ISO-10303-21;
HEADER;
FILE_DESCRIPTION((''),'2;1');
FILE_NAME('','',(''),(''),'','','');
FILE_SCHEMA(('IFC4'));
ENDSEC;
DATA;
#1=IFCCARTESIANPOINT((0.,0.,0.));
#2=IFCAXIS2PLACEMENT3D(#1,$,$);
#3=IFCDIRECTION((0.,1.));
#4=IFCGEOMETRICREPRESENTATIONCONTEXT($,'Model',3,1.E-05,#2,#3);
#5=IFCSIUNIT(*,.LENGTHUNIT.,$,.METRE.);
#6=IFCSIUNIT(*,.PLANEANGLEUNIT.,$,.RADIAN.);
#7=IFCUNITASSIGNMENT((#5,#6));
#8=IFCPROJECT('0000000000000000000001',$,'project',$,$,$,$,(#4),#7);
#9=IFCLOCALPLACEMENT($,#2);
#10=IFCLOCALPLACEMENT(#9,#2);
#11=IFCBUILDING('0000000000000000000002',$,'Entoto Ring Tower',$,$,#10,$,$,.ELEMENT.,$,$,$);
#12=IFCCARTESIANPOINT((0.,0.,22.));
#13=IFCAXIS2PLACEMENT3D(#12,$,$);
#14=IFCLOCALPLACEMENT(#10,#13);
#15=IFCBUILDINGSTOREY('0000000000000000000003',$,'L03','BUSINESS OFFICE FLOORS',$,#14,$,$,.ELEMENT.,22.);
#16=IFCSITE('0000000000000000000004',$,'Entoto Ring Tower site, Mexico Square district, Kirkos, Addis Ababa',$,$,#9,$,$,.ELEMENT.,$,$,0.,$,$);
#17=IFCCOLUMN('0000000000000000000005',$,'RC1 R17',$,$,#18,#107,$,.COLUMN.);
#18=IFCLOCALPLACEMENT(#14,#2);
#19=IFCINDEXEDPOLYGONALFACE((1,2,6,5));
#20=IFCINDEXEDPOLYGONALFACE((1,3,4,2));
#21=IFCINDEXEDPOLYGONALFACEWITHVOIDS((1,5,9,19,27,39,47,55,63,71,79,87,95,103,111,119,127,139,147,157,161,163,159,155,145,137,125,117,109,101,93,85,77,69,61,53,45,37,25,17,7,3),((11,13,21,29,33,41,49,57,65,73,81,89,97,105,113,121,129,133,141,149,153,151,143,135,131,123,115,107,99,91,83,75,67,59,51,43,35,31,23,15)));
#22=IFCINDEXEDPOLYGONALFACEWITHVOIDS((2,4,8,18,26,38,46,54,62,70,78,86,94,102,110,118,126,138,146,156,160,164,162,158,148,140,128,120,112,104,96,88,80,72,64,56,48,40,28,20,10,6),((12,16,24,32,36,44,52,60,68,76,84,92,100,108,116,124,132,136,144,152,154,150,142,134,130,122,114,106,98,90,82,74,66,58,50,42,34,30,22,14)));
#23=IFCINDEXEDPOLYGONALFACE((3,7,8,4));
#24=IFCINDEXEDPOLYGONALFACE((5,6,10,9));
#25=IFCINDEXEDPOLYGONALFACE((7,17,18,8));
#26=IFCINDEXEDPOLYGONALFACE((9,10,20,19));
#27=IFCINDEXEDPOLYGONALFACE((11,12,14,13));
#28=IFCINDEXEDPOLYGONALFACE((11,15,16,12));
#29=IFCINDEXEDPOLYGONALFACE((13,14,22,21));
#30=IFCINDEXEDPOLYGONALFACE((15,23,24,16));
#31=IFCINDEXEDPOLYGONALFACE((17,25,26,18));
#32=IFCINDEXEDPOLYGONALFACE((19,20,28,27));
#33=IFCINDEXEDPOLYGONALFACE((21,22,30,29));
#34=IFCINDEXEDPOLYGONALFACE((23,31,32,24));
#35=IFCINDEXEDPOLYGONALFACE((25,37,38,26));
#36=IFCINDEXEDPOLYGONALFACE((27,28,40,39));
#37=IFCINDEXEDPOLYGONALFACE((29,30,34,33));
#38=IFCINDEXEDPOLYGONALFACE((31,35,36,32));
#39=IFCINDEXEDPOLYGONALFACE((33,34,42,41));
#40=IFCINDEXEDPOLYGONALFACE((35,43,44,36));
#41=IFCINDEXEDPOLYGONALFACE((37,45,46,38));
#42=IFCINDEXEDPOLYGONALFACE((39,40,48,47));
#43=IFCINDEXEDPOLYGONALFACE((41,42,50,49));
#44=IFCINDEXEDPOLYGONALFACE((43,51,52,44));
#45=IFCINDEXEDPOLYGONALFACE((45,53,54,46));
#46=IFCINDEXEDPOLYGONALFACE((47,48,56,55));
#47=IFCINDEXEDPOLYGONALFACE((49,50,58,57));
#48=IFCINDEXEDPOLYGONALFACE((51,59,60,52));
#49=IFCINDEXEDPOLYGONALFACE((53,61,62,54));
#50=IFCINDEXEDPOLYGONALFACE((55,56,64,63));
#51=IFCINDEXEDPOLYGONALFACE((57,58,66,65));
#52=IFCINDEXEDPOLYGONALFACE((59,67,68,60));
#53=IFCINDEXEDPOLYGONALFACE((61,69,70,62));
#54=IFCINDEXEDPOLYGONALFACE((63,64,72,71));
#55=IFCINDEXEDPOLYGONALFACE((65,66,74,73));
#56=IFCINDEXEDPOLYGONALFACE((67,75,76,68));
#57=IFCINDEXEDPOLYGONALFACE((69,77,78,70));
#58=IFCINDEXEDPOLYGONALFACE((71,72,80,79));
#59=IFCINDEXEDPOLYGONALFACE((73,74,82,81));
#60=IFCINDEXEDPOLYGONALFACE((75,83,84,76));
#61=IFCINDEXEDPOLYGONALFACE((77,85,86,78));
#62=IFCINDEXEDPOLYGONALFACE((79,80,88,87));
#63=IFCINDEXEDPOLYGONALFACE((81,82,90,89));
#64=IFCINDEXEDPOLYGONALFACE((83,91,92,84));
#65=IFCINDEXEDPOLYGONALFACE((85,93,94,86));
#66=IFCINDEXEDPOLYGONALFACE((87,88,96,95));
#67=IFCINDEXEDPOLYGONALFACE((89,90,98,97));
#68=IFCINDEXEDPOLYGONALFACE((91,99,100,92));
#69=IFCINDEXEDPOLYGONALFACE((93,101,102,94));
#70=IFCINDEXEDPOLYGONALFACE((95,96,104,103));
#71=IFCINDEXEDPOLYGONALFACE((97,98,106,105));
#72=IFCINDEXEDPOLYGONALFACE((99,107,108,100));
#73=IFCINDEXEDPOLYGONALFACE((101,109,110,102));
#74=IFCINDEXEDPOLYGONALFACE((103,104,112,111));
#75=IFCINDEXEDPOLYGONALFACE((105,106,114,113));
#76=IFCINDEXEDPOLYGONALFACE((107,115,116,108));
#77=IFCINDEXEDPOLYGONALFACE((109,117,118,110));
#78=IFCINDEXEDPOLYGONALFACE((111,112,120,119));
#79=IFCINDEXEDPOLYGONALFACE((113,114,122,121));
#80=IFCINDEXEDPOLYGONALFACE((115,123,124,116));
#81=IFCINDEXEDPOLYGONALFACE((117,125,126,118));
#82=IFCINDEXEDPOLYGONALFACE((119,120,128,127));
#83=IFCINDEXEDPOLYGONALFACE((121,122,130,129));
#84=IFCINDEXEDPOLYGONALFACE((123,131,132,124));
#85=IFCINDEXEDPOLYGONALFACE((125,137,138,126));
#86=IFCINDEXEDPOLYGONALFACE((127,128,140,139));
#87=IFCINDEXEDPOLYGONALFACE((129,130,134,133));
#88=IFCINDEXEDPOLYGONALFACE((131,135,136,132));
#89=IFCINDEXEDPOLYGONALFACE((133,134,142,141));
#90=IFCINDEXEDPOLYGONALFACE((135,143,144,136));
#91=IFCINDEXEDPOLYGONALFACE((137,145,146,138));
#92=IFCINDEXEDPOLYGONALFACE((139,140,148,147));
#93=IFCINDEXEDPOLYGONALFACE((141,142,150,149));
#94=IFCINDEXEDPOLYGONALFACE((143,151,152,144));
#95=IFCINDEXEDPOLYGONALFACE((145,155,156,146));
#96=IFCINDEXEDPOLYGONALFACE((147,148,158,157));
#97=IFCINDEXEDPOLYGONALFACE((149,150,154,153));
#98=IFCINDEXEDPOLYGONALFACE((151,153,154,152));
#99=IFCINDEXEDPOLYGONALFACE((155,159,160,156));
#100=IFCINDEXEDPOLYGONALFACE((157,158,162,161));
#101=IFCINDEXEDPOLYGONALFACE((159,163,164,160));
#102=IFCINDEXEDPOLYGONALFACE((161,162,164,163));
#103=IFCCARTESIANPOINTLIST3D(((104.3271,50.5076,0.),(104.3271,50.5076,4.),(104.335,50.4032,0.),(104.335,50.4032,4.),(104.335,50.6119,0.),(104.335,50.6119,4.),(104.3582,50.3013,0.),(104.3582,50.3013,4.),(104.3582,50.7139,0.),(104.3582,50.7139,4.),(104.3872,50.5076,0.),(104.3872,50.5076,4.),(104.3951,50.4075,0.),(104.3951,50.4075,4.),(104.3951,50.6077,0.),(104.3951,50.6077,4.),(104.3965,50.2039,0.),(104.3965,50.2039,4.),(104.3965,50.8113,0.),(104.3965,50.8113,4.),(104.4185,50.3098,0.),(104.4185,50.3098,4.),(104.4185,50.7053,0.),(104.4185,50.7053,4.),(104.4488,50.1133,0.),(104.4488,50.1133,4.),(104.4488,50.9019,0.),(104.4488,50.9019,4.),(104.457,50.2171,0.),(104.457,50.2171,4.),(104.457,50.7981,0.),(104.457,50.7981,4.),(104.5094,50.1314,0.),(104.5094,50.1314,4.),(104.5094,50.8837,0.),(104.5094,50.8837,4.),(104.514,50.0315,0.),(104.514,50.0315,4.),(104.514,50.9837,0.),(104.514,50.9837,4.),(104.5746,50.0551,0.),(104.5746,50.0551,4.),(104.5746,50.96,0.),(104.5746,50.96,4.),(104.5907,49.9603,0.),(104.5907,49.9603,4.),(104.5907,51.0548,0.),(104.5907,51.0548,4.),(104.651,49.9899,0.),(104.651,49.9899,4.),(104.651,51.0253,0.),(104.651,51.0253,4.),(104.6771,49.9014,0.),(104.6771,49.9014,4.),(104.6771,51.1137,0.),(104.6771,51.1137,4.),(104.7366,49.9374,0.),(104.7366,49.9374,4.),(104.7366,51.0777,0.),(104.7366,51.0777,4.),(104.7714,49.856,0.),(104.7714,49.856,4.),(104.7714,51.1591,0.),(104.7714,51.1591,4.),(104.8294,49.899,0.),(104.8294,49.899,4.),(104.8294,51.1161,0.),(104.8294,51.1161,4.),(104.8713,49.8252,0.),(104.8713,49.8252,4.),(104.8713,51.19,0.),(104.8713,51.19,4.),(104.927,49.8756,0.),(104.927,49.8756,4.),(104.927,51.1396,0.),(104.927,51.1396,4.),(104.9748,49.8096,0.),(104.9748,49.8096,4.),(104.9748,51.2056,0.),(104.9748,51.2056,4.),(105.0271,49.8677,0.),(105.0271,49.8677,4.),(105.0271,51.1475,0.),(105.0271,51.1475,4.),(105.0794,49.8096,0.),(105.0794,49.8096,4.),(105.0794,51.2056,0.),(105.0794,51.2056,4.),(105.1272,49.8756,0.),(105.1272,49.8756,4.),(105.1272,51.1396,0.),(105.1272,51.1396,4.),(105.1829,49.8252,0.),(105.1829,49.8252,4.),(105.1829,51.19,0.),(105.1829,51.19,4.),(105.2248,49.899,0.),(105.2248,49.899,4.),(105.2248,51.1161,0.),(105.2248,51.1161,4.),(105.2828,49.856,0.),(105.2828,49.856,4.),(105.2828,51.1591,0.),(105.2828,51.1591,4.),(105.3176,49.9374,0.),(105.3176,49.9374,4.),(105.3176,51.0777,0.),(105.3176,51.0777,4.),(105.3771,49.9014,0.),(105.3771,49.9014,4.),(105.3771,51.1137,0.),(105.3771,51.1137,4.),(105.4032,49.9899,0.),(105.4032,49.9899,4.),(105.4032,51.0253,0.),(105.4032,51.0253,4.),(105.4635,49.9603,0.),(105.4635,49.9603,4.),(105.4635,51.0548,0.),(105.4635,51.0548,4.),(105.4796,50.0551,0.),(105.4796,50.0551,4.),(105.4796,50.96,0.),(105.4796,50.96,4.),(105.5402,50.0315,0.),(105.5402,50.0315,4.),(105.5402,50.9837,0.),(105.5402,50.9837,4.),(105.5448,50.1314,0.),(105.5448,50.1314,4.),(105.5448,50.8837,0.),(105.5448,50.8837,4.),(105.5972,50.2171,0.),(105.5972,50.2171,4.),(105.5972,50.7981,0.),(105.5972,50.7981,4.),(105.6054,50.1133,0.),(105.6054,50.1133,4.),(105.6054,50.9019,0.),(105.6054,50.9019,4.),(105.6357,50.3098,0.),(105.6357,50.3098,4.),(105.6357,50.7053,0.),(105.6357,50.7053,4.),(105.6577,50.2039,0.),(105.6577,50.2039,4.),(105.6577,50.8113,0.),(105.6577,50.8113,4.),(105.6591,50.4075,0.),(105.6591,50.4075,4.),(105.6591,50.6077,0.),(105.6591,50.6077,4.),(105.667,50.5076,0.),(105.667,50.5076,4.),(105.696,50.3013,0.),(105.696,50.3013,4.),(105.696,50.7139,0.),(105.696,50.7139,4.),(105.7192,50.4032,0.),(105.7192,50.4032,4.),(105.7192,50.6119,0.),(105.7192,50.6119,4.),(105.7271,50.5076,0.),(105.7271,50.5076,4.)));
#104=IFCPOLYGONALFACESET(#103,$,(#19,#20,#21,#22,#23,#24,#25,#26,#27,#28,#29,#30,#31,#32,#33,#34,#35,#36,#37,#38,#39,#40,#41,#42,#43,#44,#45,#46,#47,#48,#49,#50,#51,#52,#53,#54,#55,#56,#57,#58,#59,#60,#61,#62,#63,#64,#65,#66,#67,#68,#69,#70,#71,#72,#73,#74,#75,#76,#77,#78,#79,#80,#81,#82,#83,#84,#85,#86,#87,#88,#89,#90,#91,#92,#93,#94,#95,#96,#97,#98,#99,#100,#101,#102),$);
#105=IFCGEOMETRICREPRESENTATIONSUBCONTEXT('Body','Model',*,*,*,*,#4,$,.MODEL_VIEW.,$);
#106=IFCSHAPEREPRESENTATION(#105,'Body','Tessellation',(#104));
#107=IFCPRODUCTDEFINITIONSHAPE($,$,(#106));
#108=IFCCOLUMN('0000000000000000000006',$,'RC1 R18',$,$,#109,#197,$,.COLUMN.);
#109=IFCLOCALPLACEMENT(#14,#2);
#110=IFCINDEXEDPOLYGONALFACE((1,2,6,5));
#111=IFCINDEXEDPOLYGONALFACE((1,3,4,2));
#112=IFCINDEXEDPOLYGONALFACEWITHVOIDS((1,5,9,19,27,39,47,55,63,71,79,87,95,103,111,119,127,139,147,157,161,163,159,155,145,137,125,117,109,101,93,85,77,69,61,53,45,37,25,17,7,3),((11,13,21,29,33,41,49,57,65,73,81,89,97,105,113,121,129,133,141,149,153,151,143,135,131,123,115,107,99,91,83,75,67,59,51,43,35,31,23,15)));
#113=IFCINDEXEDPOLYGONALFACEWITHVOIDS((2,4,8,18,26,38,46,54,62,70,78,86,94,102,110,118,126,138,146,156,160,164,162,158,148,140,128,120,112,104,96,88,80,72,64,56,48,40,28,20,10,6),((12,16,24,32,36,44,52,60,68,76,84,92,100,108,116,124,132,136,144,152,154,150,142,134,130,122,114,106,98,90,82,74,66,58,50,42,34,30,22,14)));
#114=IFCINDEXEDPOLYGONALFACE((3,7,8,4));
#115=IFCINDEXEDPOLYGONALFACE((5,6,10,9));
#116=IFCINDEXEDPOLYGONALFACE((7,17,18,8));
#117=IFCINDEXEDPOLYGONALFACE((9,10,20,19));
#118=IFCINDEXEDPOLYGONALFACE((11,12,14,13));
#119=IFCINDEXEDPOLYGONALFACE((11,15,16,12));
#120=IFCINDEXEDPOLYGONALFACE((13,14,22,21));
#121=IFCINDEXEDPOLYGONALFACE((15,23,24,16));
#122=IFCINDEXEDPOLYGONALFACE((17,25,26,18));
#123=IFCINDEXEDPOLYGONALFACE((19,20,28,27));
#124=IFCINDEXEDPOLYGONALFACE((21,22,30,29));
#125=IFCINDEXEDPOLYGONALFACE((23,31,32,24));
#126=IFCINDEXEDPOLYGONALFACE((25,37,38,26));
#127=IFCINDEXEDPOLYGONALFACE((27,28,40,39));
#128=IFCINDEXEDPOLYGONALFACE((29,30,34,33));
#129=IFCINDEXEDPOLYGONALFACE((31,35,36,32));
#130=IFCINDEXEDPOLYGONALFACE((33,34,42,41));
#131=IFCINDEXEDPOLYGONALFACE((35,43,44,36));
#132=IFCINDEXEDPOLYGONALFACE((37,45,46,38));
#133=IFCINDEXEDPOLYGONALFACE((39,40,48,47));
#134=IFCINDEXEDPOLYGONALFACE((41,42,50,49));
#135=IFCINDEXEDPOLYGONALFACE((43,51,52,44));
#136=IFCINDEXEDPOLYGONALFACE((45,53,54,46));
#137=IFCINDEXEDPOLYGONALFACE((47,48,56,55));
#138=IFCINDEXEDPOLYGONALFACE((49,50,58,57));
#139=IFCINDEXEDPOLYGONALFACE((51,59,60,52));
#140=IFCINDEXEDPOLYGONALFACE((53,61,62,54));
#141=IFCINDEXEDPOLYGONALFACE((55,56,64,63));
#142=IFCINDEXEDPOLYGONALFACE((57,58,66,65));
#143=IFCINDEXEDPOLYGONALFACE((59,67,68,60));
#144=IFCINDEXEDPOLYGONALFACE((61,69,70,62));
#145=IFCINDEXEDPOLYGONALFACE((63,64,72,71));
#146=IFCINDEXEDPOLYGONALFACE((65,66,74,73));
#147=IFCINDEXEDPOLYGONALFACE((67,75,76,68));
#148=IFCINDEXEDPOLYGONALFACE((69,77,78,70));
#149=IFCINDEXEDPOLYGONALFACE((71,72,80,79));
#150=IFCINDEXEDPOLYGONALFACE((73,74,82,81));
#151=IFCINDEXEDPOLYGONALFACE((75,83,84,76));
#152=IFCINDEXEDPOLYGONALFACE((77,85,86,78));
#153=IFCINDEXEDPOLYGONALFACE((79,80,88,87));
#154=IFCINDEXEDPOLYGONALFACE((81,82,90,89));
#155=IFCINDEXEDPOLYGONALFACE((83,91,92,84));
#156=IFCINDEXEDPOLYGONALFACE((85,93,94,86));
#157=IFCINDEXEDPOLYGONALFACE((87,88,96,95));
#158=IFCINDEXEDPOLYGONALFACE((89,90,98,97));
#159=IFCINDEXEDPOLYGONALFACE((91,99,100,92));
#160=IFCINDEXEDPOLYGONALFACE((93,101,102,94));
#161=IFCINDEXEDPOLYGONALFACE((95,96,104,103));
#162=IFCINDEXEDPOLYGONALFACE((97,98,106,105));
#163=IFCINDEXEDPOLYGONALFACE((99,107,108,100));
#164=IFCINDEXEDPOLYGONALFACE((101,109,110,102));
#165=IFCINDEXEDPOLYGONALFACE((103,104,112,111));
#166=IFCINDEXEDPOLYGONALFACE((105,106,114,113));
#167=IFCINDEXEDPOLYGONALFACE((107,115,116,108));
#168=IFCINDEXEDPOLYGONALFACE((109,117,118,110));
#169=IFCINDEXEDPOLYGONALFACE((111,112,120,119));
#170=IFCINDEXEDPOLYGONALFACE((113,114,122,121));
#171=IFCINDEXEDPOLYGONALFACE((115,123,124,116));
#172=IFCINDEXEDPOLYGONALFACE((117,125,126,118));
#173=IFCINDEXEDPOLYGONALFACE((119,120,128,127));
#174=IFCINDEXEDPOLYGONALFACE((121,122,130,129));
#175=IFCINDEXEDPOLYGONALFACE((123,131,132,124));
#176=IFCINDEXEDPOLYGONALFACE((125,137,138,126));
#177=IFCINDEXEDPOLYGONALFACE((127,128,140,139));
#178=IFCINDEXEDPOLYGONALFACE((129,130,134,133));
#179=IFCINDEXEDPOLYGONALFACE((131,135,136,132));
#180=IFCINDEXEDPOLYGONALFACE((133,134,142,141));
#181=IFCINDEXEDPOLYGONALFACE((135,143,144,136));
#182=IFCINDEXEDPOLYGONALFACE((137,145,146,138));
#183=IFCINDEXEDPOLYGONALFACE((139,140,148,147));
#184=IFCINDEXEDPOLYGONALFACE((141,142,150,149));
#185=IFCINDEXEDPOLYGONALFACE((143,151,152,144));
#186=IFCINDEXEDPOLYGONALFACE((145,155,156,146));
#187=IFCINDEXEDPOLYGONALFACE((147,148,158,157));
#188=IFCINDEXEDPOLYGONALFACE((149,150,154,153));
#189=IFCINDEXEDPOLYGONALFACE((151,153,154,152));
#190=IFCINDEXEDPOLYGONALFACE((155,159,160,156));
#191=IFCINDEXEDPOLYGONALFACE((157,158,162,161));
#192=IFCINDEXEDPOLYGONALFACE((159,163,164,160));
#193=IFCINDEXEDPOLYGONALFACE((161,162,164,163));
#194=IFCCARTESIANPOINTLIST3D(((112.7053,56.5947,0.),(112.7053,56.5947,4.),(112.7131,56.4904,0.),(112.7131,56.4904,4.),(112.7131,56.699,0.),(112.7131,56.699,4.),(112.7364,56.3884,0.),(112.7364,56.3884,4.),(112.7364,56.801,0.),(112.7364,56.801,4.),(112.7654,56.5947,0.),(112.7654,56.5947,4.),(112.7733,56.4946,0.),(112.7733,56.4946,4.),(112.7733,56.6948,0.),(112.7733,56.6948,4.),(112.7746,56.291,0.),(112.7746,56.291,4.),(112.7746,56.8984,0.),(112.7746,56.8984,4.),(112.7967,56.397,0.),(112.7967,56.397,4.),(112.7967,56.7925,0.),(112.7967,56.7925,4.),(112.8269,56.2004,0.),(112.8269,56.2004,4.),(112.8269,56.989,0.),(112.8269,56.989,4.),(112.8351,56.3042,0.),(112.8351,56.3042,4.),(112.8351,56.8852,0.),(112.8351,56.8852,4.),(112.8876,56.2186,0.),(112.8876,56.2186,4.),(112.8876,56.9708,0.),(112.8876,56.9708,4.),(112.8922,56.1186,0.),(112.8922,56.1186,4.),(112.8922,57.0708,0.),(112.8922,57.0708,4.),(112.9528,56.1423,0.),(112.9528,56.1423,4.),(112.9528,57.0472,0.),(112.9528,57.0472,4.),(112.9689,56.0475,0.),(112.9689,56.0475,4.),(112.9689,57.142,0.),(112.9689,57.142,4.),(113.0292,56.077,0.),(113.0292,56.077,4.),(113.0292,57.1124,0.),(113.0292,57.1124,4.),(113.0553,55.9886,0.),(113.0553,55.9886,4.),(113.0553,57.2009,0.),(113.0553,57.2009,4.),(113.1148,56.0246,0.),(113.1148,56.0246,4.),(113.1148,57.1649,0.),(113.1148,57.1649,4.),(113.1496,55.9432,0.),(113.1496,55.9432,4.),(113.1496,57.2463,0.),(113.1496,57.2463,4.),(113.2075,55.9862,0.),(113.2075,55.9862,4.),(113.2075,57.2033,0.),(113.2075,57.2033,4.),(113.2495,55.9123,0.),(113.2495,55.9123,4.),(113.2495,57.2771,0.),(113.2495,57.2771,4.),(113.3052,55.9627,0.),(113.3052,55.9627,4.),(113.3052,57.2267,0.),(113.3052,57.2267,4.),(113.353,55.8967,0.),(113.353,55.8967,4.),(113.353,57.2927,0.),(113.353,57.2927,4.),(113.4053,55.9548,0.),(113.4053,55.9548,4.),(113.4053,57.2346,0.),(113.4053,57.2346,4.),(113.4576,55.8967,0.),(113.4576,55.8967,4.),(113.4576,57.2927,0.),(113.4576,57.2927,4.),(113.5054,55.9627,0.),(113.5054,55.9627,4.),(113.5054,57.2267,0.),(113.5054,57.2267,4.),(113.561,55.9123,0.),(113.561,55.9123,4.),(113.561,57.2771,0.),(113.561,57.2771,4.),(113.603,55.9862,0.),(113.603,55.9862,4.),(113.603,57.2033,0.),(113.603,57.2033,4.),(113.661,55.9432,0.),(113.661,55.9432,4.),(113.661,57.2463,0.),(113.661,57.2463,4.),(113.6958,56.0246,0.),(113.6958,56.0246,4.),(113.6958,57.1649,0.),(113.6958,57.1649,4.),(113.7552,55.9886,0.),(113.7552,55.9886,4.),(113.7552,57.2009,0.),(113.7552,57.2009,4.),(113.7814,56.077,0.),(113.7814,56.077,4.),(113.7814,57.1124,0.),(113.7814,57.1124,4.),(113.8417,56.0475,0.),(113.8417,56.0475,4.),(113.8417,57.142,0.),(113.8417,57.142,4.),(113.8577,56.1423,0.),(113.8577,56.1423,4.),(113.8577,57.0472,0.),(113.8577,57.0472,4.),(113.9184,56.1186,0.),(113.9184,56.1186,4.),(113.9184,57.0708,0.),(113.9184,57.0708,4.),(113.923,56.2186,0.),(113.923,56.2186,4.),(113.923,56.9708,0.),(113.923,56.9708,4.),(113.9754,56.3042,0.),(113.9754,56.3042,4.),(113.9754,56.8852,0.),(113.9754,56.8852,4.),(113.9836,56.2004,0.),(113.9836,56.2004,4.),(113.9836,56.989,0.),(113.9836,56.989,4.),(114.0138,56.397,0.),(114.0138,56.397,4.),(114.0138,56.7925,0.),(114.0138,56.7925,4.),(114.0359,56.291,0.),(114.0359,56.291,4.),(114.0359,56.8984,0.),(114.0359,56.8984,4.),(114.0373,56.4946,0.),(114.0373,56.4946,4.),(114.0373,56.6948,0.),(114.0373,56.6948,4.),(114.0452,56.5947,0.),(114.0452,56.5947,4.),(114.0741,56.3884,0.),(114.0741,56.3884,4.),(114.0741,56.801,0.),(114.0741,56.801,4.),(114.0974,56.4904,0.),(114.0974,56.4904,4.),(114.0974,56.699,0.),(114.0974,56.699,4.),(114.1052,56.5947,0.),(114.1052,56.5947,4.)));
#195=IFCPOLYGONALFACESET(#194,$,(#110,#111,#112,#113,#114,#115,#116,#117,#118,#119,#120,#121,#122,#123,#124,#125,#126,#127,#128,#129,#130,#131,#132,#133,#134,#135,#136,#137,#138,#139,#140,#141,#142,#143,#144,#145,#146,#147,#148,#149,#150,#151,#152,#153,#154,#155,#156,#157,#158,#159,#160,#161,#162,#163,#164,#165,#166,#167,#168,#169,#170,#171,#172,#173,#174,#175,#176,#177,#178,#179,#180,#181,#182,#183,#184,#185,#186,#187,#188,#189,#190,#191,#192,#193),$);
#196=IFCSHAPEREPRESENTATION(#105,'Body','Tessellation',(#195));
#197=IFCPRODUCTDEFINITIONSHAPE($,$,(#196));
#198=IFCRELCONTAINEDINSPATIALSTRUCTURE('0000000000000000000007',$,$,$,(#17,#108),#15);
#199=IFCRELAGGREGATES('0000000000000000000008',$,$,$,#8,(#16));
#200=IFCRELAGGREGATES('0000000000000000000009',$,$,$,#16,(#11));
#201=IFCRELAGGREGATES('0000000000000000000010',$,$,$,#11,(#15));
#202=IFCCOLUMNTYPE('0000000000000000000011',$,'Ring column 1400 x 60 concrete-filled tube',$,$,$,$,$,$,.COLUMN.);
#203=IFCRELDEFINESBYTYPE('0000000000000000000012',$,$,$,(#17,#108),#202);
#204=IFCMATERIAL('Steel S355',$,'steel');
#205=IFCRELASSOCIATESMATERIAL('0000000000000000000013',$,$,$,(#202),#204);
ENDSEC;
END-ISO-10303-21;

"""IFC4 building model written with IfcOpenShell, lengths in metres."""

from ifc_helpers import new_model, si_unit, direction, frame, origin, origin_2d, place, context, subcontext, project, spatial, circle, hollow_circle, extrude, material, material_profile, profile_set, type_object, element, save


model = new_model("IFC4")

# Units and contexts
model_context = context("Model", 3, precision=1e-05, world=origin(), true_north=direction((0.0, 1.0)))
body_context = subcontext(model_context, "Body", "Model", "MODEL_VIEW")
ifc_project = project(units=[si_unit("LENGTHUNIT", "METRE"), si_unit("PLANEANGLEUNIT", "RADIAN")], contexts=[model_context])

# Site, building, storey
site_placement = place(None, origin())
site = spatial("IfcSite", under=ifc_project, at=site_placement, Name="Entoto Ring Tower site, Mexico Square district, Kirkos, Addis Ababa", CompositionType="ELEMENT", RefElevation=0.0)
building_placement = place(site_placement, origin())
building = spatial("IfcBuilding", under=site, at=building_placement, Name="Entoto Ring Tower", CompositionType="ELEMENT")
storey_placement = place(building_placement, frame((0.0, 0.0, 22.0)))
storey = spatial("IfcBuildingStorey", under=building, at=storey_placement, Name="L03", Description="BUSINESS OFFICE FLOORS", CompositionType="ELEMENT", Elevation=22.0)

# Columns
ifc_material_1 = material(Name="Steel S355", Category="steel")
ifc_material_profile_1 = material_profile(ifc_material_1, hollow_circle(Radius=0.7, WallThickness=0.0601, at=origin_2d()), Name="CHS 1400 x 60")
ifc_material_2 = material(Name="Concrete C60/75", Category="concrete")
ifc_material_profile_2 = material_profile(ifc_material_2, circle(Radius=0.6399, at=origin_2d()), Name="Concrete C60/75 infill")
ifc_profile_set_1 = profile_set([ifc_material_profile_1, ifc_material_profile_2], Name="Steel S355")
column_type = type_object("IfcColumnType", Name="Ring column 1400 x 60 concrete-filled tube", PredefinedType="COLUMN", material=ifc_profile_set_1)
for number, where, z_axis, x_axis, name in (
    (1, (105.0271, 50.5076, 0.0), (0.0, 0.0, 1.0), (1.0, 0.0, 0.0), "RC1 R17"),
    (2, (113.4053, 56.5947, 0.0), (0.0, 0.0, 1.0), (1.0, 0.0, 0.0), "RC1 R18"),
):
    element("IfcColumn", number, at=place(storey_placement, frame(where, z_axis=z_axis, x_axis=x_axis)), inside=storey, type_object=column_type, Name=name, PredefinedType="COLUMN", context=body_context, shape_type="SweptSolid", body=[
        extrude(hollow_circle(Radius=0.7, WallThickness=0.0601, at=origin_2d()), origin(), (0.0, 0.0, 1.0), 4.0),
    ])

save(model, "model.ifc")
